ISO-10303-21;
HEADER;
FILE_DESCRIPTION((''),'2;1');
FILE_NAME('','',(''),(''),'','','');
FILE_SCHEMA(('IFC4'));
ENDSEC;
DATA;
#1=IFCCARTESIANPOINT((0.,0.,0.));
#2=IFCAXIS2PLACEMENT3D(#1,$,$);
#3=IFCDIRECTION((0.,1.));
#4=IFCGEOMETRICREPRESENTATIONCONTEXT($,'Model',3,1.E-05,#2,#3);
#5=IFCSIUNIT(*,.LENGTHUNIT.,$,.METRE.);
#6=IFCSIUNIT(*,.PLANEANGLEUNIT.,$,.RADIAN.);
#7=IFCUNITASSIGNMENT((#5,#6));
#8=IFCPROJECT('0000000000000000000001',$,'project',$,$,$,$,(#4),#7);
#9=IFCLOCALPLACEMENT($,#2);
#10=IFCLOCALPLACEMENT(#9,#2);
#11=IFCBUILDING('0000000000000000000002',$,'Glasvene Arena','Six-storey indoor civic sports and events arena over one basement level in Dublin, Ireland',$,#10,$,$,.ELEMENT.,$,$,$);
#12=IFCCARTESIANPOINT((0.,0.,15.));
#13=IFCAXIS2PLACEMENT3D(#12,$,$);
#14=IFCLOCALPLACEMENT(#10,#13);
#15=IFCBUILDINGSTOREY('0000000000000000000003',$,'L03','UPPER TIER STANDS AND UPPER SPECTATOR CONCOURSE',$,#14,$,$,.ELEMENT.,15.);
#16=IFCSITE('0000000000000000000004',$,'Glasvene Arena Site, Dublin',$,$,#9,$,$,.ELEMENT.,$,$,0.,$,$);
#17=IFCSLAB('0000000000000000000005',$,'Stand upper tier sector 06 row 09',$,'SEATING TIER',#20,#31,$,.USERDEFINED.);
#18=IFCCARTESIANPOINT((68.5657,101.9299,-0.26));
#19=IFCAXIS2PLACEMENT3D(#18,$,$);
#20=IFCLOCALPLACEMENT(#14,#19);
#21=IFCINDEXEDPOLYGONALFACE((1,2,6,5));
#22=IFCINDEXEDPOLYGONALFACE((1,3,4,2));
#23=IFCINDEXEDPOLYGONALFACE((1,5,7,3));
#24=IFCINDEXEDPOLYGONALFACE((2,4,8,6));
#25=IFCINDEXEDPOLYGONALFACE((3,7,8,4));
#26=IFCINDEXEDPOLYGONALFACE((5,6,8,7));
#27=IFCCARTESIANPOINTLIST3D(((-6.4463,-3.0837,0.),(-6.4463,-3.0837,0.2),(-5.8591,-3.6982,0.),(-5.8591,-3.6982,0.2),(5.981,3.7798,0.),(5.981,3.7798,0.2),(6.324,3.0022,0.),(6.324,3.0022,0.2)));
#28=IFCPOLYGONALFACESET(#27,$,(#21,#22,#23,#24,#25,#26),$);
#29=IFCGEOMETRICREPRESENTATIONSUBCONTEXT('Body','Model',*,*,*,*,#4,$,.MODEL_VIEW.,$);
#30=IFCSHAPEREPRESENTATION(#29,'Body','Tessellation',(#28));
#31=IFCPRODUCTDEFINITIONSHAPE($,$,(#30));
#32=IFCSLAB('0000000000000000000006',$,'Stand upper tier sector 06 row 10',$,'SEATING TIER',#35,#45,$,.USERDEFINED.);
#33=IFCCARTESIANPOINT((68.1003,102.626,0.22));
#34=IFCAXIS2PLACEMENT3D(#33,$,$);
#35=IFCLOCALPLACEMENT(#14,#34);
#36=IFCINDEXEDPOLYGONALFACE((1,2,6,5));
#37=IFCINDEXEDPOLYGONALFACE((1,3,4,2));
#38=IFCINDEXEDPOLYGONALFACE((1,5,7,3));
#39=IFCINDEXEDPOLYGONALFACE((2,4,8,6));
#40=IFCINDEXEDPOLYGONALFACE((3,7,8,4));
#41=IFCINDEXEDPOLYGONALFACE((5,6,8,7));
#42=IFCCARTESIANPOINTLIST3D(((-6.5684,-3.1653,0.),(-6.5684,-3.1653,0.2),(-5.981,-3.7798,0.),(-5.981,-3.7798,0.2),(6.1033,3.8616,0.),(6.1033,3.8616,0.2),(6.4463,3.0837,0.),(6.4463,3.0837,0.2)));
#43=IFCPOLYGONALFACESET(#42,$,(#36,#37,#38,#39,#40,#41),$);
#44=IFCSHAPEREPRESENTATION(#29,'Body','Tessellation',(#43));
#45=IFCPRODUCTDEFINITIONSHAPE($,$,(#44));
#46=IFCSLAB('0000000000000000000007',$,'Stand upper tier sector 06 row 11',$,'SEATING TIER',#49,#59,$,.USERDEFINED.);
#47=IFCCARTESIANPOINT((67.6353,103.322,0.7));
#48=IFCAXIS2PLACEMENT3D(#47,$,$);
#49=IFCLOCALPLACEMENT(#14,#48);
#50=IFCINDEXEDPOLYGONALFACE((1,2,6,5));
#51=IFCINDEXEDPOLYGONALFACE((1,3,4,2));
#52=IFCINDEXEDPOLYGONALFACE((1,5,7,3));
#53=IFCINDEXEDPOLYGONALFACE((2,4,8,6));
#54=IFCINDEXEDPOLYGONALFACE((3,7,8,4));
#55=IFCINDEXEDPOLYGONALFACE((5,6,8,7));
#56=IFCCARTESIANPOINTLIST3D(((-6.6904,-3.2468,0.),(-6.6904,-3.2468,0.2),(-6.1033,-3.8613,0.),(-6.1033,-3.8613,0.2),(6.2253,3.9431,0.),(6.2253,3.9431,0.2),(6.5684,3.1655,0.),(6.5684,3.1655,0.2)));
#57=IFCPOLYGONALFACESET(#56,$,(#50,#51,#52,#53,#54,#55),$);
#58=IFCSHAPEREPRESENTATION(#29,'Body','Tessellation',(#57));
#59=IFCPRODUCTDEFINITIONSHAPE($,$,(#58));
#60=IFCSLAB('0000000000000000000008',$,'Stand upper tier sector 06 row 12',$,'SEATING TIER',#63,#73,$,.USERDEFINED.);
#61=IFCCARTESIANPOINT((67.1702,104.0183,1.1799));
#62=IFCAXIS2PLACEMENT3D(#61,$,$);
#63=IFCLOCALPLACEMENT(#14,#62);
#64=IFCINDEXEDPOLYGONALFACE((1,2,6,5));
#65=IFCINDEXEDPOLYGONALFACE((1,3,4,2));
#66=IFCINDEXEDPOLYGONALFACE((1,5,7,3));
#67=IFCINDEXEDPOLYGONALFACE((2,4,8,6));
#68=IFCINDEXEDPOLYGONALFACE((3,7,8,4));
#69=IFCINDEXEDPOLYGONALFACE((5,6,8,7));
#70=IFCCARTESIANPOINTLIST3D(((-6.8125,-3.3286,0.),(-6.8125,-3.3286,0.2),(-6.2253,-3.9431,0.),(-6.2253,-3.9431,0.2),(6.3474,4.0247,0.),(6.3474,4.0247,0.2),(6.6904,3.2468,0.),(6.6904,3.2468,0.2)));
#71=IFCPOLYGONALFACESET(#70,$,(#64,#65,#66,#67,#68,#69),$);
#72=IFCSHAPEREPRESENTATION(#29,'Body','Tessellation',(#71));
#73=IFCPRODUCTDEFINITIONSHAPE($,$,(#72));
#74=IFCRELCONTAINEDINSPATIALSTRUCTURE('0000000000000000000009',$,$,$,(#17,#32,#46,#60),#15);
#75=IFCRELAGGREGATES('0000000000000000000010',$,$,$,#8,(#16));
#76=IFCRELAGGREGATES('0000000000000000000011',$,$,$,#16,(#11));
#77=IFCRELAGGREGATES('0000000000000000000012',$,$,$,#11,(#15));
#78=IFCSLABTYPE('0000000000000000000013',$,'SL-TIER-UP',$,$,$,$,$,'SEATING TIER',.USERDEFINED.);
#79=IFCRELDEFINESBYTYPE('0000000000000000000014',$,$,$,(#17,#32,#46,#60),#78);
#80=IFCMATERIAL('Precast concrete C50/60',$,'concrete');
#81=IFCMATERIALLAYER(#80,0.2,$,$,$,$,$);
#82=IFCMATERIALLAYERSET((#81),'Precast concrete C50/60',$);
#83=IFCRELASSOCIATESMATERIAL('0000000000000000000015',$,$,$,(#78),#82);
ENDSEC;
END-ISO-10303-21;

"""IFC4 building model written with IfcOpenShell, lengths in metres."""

from ifc_helpers import new_model, si_unit, direction, frame, origin, place, context, subcontext, project, spatial, polyline, outline, extrude, material, layer, layer_set, type_object, element, save


model = new_model("IFC4")

# Units and contexts
model_context = context("Model", 3, precision=1e-05, world=origin(), true_north=direction((0.0, 1.0)))
body_context = subcontext(model_context, "Body", "Model", "MODEL_VIEW")
ifc_project = project(units=[si_unit("LENGTHUNIT", "METRE"), si_unit("PLANEANGLEUNIT", "RADIAN")], contexts=[model_context])

# Site, building, storey
site_placement = place(None, origin())
site = spatial("IfcSite", under=ifc_project, at=site_placement, Name="Glasvene Arena Site, Dublin", CompositionType="ELEMENT", RefElevation=0.0)
building_placement = place(site_placement, origin())
building = spatial("IfcBuilding", under=site, at=building_placement, Name="Glasvene Arena", Description="Six-storey indoor civic sports and events arena over one basement level in Dublin, Ireland", CompositionType="ELEMENT")
storey_placement = place(building_placement, frame((0.0, 0.0, 15.0)))
storey = spatial("IfcBuildingStorey", under=building, at=storey_placement, Name="L03", Description="UPPER TIER STANDS AND UPPER SPECTATOR CONCOURSE", CompositionType="ELEMENT", Elevation=15.0)

# Slabs
ifc_material_1 = material(Name="Precast concrete C50/60", Category="concrete")
ifc_layer_1 = layer(ifc_material_1, 0.2)
ifc_layer_set_1 = layer_set([ifc_layer_1], Name="Precast concrete C50/60")
slab_type_1 = type_object("IfcSlabType", Name="SL-TIER-UP", ElementType="SEATING TIER", PredefinedType="USERDEFINED", material=ifc_layer_set_1)
slab_1_placement = place(storey_placement, frame((68.5657, 101.9299, -0.26)))
element("IfcSlab", 1, at=slab_1_placement, inside=storey, type_object=slab_type_1, Name="Stand upper tier sector 06 row 09", ObjectType="SEATING TIER", PredefinedType="USERDEFINED", context=body_context, shape_type="SweptSolid", body=[
    extrude(outline(polyline([(6.324, 3.0022), (-5.8591, -3.6982), (-6.4463, -3.0837), (5.981, 3.7798), (6.324, 3.0022)])), origin(), (0.0, 0.0, 1.0), 0.2),
])
slab_2_placement = place(storey_placement, frame((68.1003, 102.626, 0.22)))
element("IfcSlab", 2, at=slab_2_placement, inside=storey, type_object=slab_type_1, Name="Stand upper tier sector 06 row 10", ObjectType="SEATING TIER", PredefinedType="USERDEFINED", context=body_context, shape_type="SweptSolid", body=[
    extrude(outline(polyline([(6.4463, 3.0837), (-5.981, -3.7798), (-6.5684, -3.1653), (6.1033, 3.8616), (6.4463, 3.0837)])), origin(), (0.0, 0.0, 1.0), 0.2),
])
slab_3_placement = place(storey_placement, frame((67.6353, 103.322, 0.7)))
element("IfcSlab", 3, at=slab_3_placement, inside=storey, type_object=slab_type_1, Name="Stand upper tier sector 06 row 11", ObjectType="SEATING TIER", PredefinedType="USERDEFINED", context=body_context, shape_type="SweptSolid", body=[
    extrude(outline(polyline([(6.5684, 3.1655), (-6.1033, -3.8613), (-6.6904, -3.2468), (6.2253, 3.9431), (6.5684, 3.1655)])), origin(), (0.0, 0.0, 1.0), 0.2),
])
slab_4_placement = place(storey_placement, frame((67.1702, 104.0183, 1.1799)))
element("IfcSlab", 4, at=slab_4_placement, inside=storey, type_object=slab_type_1, Name="Stand upper tier sector 06 row 12", ObjectType="SEATING TIER", PredefinedType="USERDEFINED", context=body_context, shape_type="SweptSolid", body=[
    extrude(outline(polyline([(6.6904, 3.2468), (-6.2253, -3.9431), (-6.8125, -3.3286), (6.3474, 4.0247), (6.6904, 3.2468)])), origin(), (0.0, 0.0, 1.0), 0.2),
])

save(model, "model.ifc")
